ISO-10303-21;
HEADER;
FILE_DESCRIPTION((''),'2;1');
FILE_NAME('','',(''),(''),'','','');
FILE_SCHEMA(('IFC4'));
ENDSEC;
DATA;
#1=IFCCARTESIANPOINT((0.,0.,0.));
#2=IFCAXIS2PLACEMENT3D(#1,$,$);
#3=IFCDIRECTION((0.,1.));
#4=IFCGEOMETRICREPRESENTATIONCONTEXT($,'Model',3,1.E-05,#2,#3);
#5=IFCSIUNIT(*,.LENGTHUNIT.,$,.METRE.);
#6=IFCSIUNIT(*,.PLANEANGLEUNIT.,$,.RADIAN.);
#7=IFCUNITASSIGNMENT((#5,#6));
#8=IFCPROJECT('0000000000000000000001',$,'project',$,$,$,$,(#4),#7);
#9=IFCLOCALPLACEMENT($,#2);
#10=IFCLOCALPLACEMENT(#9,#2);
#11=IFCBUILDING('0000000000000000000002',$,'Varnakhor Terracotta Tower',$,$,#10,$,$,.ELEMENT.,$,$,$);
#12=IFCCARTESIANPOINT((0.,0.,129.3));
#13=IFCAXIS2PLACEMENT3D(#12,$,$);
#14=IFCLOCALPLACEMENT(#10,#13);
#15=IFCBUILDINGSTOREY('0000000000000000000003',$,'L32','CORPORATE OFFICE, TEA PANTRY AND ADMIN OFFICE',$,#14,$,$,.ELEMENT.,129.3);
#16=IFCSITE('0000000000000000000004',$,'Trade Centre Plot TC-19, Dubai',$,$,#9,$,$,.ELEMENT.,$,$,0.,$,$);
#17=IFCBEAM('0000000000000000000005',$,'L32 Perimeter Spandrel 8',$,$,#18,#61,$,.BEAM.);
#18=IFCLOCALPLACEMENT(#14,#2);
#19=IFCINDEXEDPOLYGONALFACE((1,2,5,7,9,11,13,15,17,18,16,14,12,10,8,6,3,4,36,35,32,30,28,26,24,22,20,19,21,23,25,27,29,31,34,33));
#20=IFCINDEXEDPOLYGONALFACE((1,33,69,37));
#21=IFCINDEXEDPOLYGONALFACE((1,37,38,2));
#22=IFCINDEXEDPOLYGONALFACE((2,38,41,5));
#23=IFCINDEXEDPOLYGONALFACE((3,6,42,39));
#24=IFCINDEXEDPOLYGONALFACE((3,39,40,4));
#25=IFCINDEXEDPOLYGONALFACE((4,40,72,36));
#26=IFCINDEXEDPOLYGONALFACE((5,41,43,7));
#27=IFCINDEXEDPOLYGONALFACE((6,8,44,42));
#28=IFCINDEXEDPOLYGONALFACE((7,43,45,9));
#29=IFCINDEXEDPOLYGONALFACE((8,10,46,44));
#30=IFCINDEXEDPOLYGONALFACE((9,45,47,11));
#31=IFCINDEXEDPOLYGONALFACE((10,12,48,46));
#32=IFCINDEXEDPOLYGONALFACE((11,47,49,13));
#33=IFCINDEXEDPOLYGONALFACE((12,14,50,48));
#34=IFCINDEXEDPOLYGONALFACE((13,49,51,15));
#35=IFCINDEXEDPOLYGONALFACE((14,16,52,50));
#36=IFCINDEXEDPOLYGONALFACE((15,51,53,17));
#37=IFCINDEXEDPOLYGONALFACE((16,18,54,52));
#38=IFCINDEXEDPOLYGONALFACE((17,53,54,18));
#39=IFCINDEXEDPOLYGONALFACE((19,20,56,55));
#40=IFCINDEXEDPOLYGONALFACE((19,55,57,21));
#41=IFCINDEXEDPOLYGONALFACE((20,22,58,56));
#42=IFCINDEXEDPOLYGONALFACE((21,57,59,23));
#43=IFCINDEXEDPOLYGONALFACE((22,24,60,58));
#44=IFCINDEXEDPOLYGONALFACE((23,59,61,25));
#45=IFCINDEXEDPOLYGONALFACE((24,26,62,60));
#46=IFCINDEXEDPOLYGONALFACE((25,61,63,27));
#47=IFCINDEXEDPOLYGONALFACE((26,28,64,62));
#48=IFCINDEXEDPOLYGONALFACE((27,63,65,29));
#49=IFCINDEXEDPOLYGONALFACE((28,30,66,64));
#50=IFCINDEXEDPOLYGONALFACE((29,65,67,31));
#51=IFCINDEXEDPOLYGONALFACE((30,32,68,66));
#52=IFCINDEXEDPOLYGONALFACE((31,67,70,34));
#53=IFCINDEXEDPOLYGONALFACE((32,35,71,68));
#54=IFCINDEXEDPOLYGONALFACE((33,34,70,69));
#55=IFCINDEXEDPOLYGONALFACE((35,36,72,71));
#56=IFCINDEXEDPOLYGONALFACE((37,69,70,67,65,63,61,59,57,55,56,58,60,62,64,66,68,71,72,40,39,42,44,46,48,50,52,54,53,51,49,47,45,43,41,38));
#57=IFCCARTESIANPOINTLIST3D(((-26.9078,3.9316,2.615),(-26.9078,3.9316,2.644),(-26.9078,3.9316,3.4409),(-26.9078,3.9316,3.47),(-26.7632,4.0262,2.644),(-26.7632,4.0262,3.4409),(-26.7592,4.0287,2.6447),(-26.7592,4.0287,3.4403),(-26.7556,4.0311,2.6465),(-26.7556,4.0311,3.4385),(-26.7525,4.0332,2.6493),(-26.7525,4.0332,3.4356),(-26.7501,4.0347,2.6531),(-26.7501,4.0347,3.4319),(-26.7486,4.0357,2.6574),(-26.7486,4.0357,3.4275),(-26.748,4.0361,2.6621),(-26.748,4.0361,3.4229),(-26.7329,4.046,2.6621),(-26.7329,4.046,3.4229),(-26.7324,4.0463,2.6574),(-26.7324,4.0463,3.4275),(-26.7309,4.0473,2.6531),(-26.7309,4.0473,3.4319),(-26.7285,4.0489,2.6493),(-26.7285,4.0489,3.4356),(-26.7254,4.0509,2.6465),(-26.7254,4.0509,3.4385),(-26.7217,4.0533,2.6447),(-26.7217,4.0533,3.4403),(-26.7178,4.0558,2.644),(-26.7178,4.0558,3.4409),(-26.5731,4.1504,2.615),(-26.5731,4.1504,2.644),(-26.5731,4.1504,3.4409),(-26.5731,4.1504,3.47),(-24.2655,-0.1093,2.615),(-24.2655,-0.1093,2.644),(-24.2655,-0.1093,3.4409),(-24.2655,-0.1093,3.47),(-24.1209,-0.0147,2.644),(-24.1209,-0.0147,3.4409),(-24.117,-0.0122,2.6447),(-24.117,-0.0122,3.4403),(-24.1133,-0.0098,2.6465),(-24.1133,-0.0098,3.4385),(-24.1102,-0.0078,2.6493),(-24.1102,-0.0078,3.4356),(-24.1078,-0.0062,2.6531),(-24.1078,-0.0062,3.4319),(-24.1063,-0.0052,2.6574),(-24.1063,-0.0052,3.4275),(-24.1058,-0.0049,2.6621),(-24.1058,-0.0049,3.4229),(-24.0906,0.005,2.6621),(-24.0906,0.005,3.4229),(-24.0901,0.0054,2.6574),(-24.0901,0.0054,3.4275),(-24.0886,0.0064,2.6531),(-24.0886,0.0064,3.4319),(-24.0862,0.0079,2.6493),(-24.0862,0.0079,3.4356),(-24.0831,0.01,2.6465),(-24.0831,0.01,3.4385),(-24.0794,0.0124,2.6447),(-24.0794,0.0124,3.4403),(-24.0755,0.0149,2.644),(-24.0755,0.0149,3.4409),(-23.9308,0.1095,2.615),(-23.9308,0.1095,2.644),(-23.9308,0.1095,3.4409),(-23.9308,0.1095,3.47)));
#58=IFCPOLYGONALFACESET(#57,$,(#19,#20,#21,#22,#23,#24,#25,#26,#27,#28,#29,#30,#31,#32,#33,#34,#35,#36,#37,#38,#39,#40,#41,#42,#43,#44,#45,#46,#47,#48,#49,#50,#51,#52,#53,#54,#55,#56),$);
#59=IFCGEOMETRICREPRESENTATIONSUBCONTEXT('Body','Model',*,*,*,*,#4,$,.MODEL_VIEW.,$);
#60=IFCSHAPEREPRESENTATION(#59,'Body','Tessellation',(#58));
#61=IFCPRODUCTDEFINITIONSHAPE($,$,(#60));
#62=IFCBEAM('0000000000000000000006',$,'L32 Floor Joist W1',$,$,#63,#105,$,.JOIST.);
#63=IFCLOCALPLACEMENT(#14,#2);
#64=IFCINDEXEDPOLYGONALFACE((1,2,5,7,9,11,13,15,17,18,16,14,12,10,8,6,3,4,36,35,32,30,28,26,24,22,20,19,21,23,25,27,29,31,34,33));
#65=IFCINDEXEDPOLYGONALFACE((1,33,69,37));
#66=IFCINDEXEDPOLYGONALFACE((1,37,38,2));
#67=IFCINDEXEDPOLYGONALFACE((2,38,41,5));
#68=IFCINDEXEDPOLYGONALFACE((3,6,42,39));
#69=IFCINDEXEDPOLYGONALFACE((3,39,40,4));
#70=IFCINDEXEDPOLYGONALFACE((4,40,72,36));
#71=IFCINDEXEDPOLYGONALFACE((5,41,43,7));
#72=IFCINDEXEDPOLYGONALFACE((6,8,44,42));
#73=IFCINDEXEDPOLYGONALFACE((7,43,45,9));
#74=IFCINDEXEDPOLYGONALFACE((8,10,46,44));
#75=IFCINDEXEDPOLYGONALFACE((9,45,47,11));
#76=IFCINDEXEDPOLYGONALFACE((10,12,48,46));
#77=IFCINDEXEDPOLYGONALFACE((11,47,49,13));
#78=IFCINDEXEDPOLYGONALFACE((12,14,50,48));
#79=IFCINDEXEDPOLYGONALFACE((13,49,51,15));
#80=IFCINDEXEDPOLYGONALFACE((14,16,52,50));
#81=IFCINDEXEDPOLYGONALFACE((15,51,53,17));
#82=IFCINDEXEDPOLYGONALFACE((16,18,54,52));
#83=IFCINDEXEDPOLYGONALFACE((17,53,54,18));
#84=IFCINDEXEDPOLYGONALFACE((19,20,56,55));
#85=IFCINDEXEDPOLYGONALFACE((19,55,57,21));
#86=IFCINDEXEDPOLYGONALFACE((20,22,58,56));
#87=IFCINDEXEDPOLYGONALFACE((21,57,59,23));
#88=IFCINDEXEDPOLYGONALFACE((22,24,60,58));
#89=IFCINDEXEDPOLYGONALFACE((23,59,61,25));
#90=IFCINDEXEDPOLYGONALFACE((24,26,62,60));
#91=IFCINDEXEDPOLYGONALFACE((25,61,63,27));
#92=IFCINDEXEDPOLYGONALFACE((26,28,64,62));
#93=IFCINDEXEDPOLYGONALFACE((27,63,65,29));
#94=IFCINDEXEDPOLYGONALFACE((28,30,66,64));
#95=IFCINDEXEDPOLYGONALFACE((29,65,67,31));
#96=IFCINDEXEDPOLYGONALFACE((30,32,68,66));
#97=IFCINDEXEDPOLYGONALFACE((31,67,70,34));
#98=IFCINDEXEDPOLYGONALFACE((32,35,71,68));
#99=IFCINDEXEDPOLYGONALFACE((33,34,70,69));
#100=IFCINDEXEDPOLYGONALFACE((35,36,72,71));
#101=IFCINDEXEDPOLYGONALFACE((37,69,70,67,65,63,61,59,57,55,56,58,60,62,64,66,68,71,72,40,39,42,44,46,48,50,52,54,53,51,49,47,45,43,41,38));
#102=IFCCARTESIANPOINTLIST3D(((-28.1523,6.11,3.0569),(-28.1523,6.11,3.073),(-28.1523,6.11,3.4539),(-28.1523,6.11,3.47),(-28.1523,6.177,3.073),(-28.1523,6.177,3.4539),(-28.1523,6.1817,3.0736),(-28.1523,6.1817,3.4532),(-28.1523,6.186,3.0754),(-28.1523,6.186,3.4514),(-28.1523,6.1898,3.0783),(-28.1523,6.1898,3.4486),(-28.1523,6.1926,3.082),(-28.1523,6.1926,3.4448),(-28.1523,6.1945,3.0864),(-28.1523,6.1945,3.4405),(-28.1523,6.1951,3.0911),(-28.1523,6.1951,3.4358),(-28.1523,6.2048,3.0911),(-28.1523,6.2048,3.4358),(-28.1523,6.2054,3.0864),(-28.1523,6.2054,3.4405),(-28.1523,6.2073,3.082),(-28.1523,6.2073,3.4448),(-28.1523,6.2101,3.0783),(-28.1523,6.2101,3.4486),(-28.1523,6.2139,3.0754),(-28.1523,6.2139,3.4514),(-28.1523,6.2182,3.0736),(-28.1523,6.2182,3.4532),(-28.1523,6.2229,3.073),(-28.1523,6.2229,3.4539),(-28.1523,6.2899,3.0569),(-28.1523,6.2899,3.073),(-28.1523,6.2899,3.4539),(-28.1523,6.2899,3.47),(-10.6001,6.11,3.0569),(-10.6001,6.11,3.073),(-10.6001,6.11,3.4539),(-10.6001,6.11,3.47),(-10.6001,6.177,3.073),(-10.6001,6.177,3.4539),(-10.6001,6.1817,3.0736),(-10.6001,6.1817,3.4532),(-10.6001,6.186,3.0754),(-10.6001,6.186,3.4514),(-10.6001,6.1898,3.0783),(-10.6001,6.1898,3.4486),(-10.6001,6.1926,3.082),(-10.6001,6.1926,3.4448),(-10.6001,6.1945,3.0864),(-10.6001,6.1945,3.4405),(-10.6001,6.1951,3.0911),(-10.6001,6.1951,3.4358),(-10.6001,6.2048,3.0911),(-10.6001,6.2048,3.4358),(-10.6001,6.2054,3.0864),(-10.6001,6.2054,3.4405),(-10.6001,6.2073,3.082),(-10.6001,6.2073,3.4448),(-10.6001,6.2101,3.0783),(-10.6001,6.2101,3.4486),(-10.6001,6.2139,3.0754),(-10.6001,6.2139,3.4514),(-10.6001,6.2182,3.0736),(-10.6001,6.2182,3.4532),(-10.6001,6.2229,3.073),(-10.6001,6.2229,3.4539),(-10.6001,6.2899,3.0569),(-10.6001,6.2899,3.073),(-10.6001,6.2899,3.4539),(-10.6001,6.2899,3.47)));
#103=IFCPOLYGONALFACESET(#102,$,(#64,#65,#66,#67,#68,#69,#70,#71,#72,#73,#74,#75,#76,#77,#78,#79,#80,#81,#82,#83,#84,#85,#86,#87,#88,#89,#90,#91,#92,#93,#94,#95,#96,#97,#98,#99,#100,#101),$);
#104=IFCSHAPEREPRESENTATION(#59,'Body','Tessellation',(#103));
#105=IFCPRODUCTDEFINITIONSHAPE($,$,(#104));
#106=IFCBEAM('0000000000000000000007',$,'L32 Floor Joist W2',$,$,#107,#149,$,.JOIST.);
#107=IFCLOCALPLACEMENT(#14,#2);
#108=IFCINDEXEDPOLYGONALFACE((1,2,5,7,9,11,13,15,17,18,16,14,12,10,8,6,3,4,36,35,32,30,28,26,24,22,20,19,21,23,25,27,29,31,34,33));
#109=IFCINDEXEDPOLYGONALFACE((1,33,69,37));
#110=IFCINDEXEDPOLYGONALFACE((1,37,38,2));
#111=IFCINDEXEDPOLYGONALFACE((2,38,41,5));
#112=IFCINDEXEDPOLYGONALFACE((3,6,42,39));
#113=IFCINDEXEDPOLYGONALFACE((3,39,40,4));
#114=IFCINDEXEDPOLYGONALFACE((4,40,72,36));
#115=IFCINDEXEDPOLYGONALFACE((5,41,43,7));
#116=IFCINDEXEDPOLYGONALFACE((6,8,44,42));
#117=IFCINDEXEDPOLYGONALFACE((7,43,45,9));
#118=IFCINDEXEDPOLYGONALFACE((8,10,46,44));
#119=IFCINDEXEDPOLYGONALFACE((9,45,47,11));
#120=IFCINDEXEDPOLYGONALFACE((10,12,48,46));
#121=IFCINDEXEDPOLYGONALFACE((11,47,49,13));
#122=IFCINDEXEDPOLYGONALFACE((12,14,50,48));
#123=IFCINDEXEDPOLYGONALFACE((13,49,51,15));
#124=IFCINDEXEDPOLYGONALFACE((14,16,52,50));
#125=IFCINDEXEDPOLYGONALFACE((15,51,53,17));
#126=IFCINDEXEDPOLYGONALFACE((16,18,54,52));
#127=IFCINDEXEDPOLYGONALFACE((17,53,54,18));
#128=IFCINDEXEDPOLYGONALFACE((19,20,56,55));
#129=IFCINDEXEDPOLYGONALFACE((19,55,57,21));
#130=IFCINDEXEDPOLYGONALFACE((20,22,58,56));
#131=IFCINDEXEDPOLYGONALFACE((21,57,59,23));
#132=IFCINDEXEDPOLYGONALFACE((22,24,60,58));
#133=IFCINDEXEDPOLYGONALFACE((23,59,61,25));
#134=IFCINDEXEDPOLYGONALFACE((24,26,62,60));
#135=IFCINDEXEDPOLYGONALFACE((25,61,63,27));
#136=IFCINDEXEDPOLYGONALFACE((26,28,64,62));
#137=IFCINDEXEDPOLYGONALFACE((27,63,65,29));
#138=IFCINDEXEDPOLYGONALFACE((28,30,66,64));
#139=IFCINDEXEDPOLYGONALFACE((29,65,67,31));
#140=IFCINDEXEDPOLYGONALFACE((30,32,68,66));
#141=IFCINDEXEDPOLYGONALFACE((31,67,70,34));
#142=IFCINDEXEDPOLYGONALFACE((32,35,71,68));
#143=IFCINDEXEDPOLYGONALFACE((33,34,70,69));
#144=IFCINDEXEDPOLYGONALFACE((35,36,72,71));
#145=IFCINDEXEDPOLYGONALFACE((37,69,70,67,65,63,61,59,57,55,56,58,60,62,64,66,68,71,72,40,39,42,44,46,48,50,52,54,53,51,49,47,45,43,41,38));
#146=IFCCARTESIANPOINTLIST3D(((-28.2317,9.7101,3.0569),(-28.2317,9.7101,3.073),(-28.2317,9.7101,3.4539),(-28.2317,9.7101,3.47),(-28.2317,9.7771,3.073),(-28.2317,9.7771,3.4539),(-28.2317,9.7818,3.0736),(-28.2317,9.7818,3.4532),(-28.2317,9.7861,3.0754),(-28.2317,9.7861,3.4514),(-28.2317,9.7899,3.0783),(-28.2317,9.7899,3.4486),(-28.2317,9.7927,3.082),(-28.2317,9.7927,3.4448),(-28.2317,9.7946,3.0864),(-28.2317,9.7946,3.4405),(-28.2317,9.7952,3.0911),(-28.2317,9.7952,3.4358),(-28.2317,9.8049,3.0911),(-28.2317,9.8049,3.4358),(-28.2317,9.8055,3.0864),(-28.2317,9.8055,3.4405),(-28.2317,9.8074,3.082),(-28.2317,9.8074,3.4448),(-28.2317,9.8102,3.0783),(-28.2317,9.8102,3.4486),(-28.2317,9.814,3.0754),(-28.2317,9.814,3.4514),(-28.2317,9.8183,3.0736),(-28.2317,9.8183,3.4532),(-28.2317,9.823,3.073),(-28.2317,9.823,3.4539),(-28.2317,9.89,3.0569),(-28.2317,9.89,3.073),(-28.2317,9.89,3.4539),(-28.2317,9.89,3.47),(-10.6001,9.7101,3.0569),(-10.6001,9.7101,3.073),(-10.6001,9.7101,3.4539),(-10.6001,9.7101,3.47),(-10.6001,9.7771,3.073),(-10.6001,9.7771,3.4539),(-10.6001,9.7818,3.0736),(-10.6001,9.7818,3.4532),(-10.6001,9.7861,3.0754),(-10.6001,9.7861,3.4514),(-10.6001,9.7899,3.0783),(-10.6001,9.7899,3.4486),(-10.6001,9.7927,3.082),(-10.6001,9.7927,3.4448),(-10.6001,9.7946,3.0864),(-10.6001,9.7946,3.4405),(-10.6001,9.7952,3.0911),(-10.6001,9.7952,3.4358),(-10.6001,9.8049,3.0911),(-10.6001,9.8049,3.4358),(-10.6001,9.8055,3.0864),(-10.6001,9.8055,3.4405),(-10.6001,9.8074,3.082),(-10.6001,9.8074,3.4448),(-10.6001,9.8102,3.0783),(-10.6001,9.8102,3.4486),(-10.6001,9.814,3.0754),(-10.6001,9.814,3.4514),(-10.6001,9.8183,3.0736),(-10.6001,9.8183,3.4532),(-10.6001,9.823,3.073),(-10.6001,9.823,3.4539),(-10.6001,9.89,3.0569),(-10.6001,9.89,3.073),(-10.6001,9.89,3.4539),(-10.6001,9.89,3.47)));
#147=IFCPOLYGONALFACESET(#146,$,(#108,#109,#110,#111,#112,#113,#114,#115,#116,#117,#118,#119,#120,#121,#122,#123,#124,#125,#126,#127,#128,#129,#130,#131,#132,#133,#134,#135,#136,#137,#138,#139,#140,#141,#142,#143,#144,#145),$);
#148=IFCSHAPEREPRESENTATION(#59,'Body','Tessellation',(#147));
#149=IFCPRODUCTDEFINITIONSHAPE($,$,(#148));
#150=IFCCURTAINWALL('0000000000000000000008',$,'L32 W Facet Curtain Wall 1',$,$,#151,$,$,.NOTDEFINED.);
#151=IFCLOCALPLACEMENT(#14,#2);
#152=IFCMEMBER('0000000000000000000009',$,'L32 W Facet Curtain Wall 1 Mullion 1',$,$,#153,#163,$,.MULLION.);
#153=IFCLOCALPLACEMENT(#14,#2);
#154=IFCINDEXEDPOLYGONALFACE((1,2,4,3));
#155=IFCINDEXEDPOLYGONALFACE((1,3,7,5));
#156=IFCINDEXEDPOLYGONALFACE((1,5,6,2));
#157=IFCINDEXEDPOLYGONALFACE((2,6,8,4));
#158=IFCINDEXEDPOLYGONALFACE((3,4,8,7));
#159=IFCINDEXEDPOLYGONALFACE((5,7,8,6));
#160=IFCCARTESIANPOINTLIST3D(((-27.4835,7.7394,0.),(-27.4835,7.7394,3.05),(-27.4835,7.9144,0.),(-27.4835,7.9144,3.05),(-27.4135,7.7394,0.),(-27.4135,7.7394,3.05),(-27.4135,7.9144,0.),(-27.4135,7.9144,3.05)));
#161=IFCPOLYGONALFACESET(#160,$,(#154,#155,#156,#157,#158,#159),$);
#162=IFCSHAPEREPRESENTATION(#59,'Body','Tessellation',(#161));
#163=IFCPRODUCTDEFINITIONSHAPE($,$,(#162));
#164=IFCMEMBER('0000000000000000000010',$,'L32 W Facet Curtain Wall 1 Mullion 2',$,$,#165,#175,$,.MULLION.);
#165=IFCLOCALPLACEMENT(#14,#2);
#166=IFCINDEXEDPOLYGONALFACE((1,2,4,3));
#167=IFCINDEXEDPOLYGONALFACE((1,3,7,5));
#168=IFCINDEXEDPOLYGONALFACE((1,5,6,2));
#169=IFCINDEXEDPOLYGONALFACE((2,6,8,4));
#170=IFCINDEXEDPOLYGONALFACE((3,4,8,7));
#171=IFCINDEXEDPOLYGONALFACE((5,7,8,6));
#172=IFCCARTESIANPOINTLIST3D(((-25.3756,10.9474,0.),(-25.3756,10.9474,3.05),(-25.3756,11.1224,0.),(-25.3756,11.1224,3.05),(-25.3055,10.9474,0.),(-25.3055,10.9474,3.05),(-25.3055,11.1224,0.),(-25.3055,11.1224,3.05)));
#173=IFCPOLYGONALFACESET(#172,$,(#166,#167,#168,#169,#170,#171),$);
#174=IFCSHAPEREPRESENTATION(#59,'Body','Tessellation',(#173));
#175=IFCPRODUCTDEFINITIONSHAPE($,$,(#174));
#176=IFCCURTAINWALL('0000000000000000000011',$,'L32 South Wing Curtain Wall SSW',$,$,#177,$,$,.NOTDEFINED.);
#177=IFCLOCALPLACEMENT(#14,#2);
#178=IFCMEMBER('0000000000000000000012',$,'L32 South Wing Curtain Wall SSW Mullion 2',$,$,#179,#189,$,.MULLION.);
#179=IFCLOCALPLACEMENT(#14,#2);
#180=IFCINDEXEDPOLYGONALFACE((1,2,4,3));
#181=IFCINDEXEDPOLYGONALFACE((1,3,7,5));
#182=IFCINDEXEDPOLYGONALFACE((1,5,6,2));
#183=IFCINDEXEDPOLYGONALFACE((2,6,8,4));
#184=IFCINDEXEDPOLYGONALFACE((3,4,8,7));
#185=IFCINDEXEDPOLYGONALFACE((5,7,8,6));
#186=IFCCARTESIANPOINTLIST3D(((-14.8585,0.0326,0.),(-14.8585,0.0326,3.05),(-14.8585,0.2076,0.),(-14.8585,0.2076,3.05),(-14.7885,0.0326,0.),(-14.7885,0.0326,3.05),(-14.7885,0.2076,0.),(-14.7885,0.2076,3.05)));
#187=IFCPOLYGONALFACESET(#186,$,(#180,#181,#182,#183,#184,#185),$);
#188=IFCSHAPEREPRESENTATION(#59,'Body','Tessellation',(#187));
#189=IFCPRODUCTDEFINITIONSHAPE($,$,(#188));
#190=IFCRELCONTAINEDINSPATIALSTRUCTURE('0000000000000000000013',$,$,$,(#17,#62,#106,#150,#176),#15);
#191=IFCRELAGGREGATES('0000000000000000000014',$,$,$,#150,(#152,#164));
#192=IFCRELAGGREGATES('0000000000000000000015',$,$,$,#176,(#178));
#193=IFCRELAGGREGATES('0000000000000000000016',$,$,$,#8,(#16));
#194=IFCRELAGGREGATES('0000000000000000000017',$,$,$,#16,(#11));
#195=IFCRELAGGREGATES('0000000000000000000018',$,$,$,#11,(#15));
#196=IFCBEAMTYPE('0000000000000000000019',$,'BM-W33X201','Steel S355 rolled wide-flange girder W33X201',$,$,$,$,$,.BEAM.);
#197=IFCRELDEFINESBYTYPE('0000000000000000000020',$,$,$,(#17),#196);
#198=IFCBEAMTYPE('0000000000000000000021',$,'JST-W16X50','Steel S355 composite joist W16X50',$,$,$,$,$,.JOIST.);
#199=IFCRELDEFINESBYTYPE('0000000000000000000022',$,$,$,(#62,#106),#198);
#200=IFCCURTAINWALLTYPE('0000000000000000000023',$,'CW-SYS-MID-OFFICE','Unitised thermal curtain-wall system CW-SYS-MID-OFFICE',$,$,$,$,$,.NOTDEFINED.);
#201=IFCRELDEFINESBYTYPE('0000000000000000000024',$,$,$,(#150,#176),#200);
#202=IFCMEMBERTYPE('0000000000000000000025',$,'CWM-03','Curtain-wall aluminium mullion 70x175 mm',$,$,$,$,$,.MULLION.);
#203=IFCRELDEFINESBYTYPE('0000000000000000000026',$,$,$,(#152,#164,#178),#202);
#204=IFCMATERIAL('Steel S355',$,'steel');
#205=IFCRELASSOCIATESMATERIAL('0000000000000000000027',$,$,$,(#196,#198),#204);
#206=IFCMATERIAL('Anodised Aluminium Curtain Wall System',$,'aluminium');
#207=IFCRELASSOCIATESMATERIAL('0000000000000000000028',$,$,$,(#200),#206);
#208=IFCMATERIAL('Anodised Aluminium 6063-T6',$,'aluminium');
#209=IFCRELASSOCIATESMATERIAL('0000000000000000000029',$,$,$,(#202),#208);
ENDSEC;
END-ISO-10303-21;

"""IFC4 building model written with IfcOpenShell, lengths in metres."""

from ifc_helpers import new_model, si_unit, direction, frame, origin, origin_2d, place, context, subcontext, project, spatial, rectangle, i_section, extrude, source, transform, mapped, material, material_profile, profile_set, type_object, element, aggregate, save


model = new_model("IFC4")

# Units and contexts
model_context = context("Model", 3, precision=1e-05, world=origin(), true_north=direction((0.0, 1.0)))
body_context = subcontext(model_context, "Body", "Model", "MODEL_VIEW")
ifc_project = project(units=[si_unit("LENGTHUNIT", "METRE"), si_unit("PLANEANGLEUNIT", "RADIAN")], contexts=[model_context])

# Site, building, storey
site_placement = place(None, origin())
site = spatial("IfcSite", under=ifc_project, at=site_placement, Name="Trade Centre Plot TC-19, Dubai", CompositionType="ELEMENT", RefElevation=0.0)
building_placement = place(site_placement, origin())
building = spatial("IfcBuilding", under=site, at=building_placement, Name="Varnakhor Terracotta Tower", CompositionType="ELEMENT")
storey_placement = place(building_placement, frame((0.0, 0.0, 129.3)))
storey = spatial("IfcBuildingStorey", under=building, at=storey_placement, Name="L32", Description="CORPORATE OFFICE, TEA PANTRY AND ADMIN OFFICE", CompositionType="ELEMENT", Elevation=129.3)

# Beams
ifc_material_1 = material(Name="Steel S355", Category="steel")
ifc_material_profile_1 = material_profile(ifc_material_1, i_section(OverallWidth=0.3999, OverallDepth=0.855, WebThickness=0.0181, FlangeThickness=0.0291, FilletRadius=0.0181, at=origin_2d()), Name="W33X201")
ifc_profile_set_1 = profile_set([ifc_material_profile_1], Name="Steel S355")
beam_type_1 = type_object("IfcBeamType", Name="BM-W33X201", Description="Steel S355 rolled wide-flange girder W33X201", PredefinedType="BEAM", material=ifc_profile_set_1)
shared_shape_1 = source(origin(), body_context, "Body", "SweptSolid", [
    extrude(i_section(OverallWidth=0.3999, OverallDepth=0.855, WebThickness=0.0181, FlangeThickness=0.0291, FilletRadius=0.0181, at=origin_2d()), origin(), (0.0, 0.0, 1.0), 4.8281),
])
beam_1_placement = place(storey_placement, frame((-26.7405, 4.041, 3.0425), z_axis=(0.547268, -0.836957, 0.0), x_axis=(0.836957, 0.547268, 0.0)))
element("IfcBeam", 1, at=beam_1_placement, inside=storey, type_object=beam_type_1, Name="L32 Perimeter Spandrel 8", PredefinedType="BEAM", context=body_context, shape_type="MappedRepresentation", body=[
    mapped(shared_shape_1, transform((0.0, 0.0, 0.0), scale=1.0)),
])
ifc_material_profile_2 = material_profile(ifc_material_1, i_section(OverallWidth=0.1799, OverallDepth=0.4131, WebThickness=0.0098, FlangeThickness=0.0161, FilletRadius=0.0181, at=origin_2d()), Name="W16X50")
ifc_profile_set_2 = profile_set([ifc_material_profile_2], Name="Steel S355")
beam_type_2 = type_object("IfcBeamType", Name="JST-W16X50", Description="Steel S355 composite joist W16X50", PredefinedType="JOIST", material=ifc_profile_set_2)
shared_shape_2 = source(origin(), body_context, "Body", "SweptSolid", [
    extrude(i_section(OverallWidth=0.1799, OverallDepth=0.4131, WebThickness=0.0098, FlangeThickness=0.0161, FilletRadius=0.0181, at=origin_2d()), origin(), (0.0, 0.0, 1.0), 17.5522),
])
beam_2_placement = place(storey_placement, frame((-28.1523, 6.2, 3.2634), z_axis=(1.0, 0.0, 0.0), x_axis=(0.0, 1.0, 0.0)))
element("IfcBeam", 2, at=beam_2_placement, inside=storey, type_object=beam_type_2, Name="L32 Floor Joist W1", PredefinedType="JOIST", context=body_context, shape_type="MappedRepresentation", body=[
    mapped(shared_shape_2, transform((0.0, 0.0, 0.0), scale=1.0)),
])
shared_shape_3 = source(origin(), body_context, "Body", "SweptSolid", [
    extrude(i_section(OverallWidth=0.1799, OverallDepth=0.4131, WebThickness=0.0098, FlangeThickness=0.0161, FilletRadius=0.0181, at=origin_2d()), origin(), (0.0, 0.0, 1.0), 17.6316),
])
beam_3_placement = place(storey_placement, frame((-28.2317, 9.8, 3.2634), z_axis=(1.0, 0.0, 0.0), x_axis=(0.0, 1.0, 0.0)))
element("IfcBeam", 3, at=beam_3_placement, inside=storey, type_object=beam_type_2, Name="L32 Floor Joist W2", PredefinedType="JOIST", context=body_context, shape_type="MappedRepresentation", body=[
    mapped(shared_shape_3, transform((0.0, 0.0, 0.0), scale=1.0)),
])

# Curtain walls, members
ifc_material_2 = material(Name="Anodised Aluminium Curtain Wall System", Category="aluminium")
curtain_wall_type = type_object("IfcCurtainWallType", Name="CW-SYS-MID-OFFICE", Description="Unitised thermal curtain-wall system CW-SYS-MID-OFFICE", PredefinedType="NOTDEFINED", material=ifc_material_2)
curtain_wall_1_placement = place(storey_placement, origin())
curtain_wall_1 = element("IfcCurtainWall", 4, at=curtain_wall_1_placement, inside=storey, type_object=curtain_wall_type, Name="L32 W Facet Curtain Wall 1", PredefinedType="NOTDEFINED")
ifc_material_3 = material(Name="Anodised Aluminium 6063-T6", Category="aluminium")
ifc_material_profile_3 = material_profile(ifc_material_3, rectangle(XDim=0.0701, YDim=0.175, at=origin_2d()), Name="ALU MULLION 70x175")
ifc_profile_set_3 = profile_set([ifc_material_profile_3], Name="Anodised Aluminium 6063-T6")
member_type_1 = type_object("IfcMemberType", Name="CWM-03", Description="Curtain-wall aluminium mullion 70x175 mm", PredefinedType="MULLION", material=ifc_profile_set_3)
shared_shape_4 = source(origin(), body_context, "Body", "SweptSolid", [
    extrude(rectangle(XDim=0.0701, YDim=0.175, at=origin_2d()), origin(), (0.0, 0.0, 1.0), 3.05),
])
member_1_placement = place(storey_placement, frame((-27.4485, 7.8269, 0.0), z_axis=(0.0, 0.0, 1.0), x_axis=(1.0, 0.0, 0.0)))
member_1 = element("IfcMember", 5, at=member_1_placement, type_object=member_type_1, Name="L32 W Facet Curtain Wall 1 Mullion 1", PredefinedType="MULLION", context=body_context, shape_type="MappedRepresentation", body=[
    mapped(shared_shape_4, transform((0.0, 0.0, 0.0), scale=1.0)),
])
member_2_placement = place(storey_placement, frame((-25.3406, 11.0349, 0.0), z_axis=(0.0, 0.0, 1.0), x_axis=(1.0, 0.0, 0.0)))
member_2 = element("IfcMember", 6, at=member_2_placement, type_object=member_type_1, Name="L32 W Facet Curtain Wall 1 Mullion 2", PredefinedType="MULLION", context=body_context, shape_type="MappedRepresentation", body=[
    mapped(shared_shape_4, transform((0.0, 0.0, 0.0), scale=1.0)),
])
curtain_wall_2_placement = place(storey_placement, origin())
curtain_wall_2 = element("IfcCurtainWall", 7, at=curtain_wall_2_placement, inside=storey, type_object=curtain_wall_type, Name="L32 South Wing Curtain Wall SSW", PredefinedType="NOTDEFINED")
member_3_placement = place(storey_placement, frame((-14.8235, 0.1201, 0.0), z_axis=(0.0, 0.0, 1.0), x_axis=(1.0, 0.0, 0.0)))
member_3 = element("IfcMember", 8, at=member_3_placement, type_object=member_type_1, Name="L32 South Wing Curtain Wall SSW Mullion 2", PredefinedType="MULLION", context=body_context, shape_type="MappedRepresentation", body=[
    mapped(shared_shape_4, transform((0.0, 0.0, 0.0), scale=1.0)),
])

aggregate(curtain_wall_1, [member_1, member_2])
aggregate(curtain_wall_2, [member_3])

save(model, "model.ifc")
